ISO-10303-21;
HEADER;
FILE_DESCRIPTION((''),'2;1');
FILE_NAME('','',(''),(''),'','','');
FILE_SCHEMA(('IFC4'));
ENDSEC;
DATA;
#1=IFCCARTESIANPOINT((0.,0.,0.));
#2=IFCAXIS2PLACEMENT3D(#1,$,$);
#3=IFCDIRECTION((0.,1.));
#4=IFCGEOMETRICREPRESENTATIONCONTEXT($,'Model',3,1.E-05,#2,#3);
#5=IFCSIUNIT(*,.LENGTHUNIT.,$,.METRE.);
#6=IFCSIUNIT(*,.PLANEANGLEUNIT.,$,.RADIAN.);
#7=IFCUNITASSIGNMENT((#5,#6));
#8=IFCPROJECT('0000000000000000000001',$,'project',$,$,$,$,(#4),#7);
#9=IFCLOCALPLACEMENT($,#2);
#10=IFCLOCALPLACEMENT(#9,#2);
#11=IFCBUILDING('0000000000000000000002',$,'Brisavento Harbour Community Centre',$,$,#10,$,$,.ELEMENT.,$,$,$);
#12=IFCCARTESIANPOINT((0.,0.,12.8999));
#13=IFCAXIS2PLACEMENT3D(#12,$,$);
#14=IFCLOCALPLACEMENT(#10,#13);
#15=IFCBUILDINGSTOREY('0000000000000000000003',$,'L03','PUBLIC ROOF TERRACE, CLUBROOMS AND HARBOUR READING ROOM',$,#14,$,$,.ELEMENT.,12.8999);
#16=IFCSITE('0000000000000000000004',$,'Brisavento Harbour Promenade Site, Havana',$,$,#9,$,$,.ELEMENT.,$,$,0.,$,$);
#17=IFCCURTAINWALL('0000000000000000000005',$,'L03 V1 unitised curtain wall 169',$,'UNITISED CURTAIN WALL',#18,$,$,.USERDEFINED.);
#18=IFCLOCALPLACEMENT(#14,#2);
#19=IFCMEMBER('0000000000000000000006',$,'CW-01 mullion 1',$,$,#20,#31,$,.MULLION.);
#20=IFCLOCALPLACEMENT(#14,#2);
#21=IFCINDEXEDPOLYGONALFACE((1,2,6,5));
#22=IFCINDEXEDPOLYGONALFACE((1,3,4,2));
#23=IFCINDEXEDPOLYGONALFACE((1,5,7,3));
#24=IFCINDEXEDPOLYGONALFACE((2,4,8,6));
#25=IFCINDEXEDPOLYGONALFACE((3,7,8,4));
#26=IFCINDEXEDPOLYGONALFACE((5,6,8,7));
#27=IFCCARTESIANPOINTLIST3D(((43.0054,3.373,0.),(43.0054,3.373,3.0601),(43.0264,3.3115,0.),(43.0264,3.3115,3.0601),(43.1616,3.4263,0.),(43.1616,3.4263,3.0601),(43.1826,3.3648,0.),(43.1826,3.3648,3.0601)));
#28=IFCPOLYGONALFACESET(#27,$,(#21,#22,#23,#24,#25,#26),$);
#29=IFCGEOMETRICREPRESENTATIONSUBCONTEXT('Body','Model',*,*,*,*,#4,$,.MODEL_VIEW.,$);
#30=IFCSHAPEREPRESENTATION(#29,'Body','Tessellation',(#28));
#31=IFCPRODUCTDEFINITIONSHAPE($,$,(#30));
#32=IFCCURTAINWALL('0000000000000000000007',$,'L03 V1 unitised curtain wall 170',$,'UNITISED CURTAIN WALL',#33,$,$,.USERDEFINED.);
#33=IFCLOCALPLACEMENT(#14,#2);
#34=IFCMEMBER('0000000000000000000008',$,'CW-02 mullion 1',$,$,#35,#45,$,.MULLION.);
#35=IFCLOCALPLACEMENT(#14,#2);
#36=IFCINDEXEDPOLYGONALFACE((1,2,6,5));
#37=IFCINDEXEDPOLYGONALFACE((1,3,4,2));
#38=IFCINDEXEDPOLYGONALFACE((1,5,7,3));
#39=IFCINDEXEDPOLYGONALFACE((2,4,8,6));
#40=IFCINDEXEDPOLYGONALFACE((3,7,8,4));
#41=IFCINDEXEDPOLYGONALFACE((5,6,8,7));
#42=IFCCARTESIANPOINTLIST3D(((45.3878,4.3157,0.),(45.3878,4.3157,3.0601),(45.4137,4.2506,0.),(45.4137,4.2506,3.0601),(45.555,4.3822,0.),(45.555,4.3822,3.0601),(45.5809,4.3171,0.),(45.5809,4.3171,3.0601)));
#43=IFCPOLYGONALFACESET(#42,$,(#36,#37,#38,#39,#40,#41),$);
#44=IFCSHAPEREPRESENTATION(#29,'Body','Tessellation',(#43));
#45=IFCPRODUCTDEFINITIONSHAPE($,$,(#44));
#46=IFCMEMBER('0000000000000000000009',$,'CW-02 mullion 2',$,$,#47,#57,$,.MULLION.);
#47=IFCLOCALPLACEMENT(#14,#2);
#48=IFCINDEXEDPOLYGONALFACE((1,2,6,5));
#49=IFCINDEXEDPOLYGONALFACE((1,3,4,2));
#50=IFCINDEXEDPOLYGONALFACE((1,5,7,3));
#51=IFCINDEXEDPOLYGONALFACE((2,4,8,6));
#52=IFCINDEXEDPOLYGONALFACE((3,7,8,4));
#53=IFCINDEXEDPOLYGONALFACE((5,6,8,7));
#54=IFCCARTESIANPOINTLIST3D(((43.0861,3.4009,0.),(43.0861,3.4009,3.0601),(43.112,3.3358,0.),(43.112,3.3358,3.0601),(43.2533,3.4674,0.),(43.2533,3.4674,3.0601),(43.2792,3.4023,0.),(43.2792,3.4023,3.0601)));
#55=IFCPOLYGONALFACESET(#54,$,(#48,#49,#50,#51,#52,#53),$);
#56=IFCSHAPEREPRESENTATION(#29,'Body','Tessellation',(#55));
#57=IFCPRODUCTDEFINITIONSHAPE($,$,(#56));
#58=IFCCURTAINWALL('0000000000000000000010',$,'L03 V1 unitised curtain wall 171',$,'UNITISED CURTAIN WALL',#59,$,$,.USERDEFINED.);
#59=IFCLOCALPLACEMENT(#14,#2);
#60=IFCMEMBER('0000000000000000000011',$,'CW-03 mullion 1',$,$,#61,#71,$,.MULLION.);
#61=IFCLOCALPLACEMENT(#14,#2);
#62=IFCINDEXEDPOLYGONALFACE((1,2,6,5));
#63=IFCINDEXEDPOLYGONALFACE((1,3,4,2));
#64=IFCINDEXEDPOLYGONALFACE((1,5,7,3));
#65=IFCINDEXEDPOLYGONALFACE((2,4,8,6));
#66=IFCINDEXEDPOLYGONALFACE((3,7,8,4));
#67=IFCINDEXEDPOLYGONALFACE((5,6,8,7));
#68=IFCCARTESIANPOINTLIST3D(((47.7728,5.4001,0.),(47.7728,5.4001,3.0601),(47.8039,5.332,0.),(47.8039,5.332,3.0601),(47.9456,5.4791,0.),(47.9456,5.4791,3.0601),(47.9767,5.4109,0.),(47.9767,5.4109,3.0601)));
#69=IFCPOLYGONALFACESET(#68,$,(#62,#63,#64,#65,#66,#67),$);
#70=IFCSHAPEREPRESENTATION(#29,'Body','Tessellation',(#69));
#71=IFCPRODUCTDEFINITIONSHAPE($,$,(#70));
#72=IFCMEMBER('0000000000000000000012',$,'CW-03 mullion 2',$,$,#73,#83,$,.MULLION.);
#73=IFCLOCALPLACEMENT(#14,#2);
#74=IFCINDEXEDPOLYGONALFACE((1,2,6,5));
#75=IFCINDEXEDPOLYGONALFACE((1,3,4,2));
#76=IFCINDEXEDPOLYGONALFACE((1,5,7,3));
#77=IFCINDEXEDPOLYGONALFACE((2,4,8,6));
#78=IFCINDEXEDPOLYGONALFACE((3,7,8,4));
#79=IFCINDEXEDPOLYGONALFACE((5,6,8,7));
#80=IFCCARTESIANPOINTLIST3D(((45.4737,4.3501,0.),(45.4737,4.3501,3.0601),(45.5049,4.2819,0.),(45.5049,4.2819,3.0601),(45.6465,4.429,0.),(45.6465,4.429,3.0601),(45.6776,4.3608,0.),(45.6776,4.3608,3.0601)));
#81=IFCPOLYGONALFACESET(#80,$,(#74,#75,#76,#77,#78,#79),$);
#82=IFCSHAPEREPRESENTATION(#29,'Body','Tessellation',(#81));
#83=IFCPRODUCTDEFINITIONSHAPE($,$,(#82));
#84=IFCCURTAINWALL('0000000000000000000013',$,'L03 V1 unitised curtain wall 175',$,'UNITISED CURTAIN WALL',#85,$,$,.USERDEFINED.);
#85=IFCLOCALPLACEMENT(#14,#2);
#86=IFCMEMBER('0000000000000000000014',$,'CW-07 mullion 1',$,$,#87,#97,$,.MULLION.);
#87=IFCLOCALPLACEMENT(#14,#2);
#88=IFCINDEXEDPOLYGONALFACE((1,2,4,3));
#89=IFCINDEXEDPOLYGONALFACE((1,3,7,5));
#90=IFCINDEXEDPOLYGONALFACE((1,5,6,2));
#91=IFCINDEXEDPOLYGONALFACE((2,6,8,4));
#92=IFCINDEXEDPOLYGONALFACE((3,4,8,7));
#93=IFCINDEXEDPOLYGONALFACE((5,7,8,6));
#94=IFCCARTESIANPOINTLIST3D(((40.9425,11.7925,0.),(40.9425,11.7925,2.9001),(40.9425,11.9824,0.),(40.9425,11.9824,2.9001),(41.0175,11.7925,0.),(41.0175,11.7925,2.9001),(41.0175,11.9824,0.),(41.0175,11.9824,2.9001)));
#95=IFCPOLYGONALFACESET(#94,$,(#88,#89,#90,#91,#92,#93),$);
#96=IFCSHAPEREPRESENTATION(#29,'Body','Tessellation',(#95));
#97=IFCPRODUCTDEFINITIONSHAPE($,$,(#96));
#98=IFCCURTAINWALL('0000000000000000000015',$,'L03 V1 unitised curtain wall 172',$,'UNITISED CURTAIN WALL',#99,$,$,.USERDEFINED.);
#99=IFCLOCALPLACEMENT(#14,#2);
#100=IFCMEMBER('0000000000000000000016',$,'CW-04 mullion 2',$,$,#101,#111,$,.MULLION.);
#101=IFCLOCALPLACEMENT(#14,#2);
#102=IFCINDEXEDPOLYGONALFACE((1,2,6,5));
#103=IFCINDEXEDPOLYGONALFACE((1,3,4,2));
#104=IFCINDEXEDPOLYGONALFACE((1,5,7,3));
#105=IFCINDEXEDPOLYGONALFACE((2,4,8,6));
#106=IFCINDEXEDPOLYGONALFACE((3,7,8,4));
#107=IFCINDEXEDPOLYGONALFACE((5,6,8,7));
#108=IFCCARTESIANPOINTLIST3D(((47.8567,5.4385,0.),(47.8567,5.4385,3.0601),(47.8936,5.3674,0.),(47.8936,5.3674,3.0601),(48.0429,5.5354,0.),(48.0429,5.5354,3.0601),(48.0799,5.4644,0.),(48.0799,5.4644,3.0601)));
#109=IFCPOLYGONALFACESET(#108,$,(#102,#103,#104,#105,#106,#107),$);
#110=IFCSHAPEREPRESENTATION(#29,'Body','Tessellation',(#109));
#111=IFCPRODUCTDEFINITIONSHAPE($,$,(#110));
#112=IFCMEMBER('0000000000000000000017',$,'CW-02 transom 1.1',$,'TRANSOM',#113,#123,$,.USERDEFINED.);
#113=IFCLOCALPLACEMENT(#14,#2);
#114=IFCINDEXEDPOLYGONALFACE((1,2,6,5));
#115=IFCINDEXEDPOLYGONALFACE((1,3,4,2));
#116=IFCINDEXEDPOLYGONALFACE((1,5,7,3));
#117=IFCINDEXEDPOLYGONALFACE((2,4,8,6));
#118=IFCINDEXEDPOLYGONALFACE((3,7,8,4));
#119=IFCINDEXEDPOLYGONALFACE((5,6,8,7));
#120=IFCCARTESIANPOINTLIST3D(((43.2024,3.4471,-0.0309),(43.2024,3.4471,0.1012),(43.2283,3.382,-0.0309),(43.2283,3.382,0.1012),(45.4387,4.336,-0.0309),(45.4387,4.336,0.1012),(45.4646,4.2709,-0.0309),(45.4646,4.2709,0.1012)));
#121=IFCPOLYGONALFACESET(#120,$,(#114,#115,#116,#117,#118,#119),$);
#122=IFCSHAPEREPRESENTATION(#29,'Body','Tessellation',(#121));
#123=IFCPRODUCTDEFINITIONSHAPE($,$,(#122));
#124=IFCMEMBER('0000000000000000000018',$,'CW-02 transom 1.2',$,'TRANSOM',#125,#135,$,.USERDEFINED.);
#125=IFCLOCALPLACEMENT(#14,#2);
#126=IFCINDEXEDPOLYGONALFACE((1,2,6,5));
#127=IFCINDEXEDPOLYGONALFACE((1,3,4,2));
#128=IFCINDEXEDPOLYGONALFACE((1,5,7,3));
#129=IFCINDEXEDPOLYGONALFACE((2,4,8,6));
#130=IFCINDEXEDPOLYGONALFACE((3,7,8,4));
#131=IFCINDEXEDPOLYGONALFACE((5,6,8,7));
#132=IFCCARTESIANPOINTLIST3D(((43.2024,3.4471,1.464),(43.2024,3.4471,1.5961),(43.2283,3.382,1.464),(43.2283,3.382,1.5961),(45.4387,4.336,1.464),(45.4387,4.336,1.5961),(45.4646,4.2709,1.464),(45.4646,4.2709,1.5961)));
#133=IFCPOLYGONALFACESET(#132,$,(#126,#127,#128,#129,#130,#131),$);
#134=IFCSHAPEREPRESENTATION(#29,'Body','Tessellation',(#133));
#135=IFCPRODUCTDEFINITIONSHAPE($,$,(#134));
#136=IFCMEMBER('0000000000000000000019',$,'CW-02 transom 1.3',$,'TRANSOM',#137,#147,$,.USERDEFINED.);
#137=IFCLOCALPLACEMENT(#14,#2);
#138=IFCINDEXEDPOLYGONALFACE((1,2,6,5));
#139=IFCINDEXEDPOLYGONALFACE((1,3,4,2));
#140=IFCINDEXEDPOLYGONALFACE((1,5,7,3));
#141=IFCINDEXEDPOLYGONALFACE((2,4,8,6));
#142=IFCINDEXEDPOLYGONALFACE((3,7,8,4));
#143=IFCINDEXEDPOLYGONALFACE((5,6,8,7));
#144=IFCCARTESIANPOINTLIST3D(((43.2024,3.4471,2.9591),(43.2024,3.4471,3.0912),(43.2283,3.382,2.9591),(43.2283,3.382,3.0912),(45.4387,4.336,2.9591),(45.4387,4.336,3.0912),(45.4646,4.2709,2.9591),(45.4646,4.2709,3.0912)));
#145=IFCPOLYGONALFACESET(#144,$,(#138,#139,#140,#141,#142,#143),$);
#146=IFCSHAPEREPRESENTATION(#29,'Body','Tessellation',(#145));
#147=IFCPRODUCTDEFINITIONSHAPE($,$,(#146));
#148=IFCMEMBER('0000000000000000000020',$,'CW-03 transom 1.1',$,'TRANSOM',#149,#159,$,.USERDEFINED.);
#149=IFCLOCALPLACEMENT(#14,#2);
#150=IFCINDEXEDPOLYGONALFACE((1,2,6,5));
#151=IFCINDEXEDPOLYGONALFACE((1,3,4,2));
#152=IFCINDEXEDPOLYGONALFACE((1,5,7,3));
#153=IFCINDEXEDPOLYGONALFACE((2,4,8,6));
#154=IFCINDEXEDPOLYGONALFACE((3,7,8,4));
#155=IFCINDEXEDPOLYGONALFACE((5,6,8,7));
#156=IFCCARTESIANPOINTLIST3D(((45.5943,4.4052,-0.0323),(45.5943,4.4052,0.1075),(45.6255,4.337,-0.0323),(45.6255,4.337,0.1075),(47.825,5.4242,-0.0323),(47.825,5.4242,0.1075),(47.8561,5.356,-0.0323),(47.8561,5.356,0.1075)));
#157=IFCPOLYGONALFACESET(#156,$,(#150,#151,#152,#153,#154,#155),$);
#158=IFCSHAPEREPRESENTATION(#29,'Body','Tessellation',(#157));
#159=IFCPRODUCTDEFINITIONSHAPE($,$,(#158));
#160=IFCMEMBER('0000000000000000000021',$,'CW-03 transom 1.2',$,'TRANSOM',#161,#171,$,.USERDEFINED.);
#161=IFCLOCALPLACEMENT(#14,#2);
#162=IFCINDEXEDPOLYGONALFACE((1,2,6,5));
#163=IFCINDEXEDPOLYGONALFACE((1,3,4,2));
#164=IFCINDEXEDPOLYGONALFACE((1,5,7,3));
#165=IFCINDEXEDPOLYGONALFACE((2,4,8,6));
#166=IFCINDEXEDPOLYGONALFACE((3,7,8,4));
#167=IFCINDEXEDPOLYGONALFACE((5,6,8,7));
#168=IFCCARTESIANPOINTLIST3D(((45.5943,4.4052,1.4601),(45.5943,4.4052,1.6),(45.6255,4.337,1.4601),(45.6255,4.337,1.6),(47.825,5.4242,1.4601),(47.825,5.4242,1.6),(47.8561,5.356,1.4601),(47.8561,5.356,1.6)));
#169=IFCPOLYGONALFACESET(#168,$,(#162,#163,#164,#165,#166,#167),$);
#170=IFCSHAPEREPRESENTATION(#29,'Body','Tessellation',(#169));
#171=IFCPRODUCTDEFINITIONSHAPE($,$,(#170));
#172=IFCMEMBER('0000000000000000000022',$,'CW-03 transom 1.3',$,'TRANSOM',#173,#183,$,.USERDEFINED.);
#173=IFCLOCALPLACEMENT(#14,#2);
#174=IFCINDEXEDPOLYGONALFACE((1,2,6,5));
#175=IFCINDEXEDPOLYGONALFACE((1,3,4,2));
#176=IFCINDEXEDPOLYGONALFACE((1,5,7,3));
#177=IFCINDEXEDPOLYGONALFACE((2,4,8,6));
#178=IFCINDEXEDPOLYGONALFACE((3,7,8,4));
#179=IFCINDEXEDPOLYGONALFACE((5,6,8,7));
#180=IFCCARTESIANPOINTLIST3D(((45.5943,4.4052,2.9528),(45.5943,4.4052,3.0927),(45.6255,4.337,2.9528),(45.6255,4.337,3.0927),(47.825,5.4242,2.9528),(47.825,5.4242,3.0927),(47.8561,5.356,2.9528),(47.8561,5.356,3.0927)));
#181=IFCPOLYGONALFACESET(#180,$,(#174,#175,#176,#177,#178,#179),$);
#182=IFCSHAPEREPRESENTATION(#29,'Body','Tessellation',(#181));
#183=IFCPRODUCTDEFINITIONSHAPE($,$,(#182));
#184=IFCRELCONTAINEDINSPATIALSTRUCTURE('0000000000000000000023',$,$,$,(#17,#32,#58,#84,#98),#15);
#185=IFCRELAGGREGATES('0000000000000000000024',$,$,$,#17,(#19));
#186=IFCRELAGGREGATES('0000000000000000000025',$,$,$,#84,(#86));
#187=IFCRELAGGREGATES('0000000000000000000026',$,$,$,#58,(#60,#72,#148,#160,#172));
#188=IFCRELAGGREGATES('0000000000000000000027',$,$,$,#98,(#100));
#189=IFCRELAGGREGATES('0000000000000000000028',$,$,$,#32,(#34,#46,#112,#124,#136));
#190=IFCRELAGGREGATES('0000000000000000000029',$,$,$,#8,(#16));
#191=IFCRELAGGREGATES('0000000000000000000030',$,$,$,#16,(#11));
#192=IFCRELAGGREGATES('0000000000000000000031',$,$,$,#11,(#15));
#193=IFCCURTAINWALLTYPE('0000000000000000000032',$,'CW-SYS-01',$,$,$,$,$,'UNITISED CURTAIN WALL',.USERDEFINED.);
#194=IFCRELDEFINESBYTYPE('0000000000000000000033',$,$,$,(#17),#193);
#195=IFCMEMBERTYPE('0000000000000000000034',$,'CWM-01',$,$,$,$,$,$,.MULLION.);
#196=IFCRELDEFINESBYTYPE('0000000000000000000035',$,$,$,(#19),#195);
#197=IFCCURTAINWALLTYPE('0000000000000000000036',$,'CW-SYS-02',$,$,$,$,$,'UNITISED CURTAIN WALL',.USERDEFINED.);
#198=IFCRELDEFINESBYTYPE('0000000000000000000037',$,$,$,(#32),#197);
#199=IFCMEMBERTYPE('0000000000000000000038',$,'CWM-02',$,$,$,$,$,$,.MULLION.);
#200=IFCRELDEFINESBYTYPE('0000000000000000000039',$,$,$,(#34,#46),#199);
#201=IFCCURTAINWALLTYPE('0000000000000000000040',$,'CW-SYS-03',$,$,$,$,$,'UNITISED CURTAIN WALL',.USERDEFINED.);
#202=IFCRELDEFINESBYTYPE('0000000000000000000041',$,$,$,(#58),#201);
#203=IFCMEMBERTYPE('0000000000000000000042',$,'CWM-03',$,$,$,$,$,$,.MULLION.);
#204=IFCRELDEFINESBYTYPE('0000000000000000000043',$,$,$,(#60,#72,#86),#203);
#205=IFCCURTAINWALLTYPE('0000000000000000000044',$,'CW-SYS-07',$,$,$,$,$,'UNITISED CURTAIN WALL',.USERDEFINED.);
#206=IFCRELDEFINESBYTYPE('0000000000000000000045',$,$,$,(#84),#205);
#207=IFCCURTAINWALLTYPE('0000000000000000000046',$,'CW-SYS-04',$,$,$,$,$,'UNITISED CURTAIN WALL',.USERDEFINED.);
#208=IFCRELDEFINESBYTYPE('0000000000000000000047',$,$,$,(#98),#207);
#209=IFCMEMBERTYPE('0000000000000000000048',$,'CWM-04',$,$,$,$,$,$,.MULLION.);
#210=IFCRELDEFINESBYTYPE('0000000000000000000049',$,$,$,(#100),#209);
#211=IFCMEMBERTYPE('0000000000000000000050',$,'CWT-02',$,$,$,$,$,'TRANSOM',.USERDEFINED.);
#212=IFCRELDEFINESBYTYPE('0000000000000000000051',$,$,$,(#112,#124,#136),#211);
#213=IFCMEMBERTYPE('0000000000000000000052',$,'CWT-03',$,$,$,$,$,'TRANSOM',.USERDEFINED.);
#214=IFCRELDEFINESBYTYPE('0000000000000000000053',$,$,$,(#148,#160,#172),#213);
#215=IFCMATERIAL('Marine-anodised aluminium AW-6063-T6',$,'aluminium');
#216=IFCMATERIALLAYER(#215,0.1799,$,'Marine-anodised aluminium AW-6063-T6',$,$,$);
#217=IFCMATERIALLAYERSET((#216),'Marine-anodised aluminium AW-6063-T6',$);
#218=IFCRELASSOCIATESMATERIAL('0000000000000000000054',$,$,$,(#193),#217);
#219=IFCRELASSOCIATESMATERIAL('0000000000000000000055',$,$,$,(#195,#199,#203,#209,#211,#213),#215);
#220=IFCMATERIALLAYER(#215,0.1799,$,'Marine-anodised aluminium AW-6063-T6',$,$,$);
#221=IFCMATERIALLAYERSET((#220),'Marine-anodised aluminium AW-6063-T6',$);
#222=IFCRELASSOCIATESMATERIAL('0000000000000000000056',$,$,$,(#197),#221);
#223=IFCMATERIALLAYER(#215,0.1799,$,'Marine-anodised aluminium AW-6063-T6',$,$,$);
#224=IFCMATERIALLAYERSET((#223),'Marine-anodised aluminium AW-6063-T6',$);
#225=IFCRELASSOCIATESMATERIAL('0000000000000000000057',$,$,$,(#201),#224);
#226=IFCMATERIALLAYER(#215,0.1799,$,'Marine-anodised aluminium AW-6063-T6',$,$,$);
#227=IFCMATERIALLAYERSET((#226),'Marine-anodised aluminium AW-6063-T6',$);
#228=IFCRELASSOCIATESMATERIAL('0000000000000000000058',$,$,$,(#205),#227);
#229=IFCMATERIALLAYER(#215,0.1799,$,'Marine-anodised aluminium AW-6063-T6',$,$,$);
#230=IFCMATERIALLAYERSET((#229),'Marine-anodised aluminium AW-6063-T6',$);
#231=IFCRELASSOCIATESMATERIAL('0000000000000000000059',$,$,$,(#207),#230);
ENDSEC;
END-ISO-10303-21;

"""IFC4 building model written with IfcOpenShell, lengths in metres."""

from ifc_helpers import new_model, si_unit, direction, frame, origin, origin_2d, place, context, subcontext, project, spatial, rectangle, extrude, material, layer, layer_set, material_profile, profile_set, type_object, element, aggregate, save


model = new_model("IFC4")

# Units and contexts
model_context = context("Model", 3, precision=1e-05, world=origin(), true_north=direction((0.0, 1.0)))
body_context = subcontext(model_context, "Body", "Model", "MODEL_VIEW")
ifc_project = project(units=[si_unit("LENGTHUNIT", "METRE"), si_unit("PLANEANGLEUNIT", "RADIAN")], contexts=[model_context])

# Site, building, storey
site_placement = place(None, origin())
site = spatial("IfcSite", under=ifc_project, at=site_placement, Name="Brisavento Harbour Promenade Site, Havana", CompositionType="ELEMENT", RefElevation=0.0)
building_placement = place(site_placement, origin())
building = spatial("IfcBuilding", under=site, at=building_placement, Name="Brisavento Harbour Community Centre", CompositionType="ELEMENT")
storey_placement = place(building_placement, frame((0.0, 0.0, 12.8999)))
storey = spatial("IfcBuildingStorey", under=building, at=storey_placement, Name="L03", Description="PUBLIC ROOF TERRACE, CLUBROOMS AND HARBOUR READING ROOM", CompositionType="ELEMENT", Elevation=12.8999)

# Curtain wall, member
ifc_material_1 = material(Name="Marine-anodised aluminium AW-6063-T6", Category="aluminium")
ifc_layer_1 = layer(ifc_material_1, 0.1799, Name="Marine-anodised aluminium AW-6063-T6")
ifc_layer_set_1 = layer_set([ifc_layer_1], Name="Marine-anodised aluminium AW-6063-T6")
curtain_wall_type_1 = type_object("IfcCurtainWallType", Name="CW-SYS-01", ElementType="UNITISED CURTAIN WALL", PredefinedType="USERDEFINED", material=ifc_layer_set_1)
curtain_wall_1_placement = place(storey_placement, origin())
curtain_wall_1 = element("IfcCurtainWall", 1, at=curtain_wall_1_placement, inside=storey, type_object=curtain_wall_type_1, Name="L03 V1 unitised curtain wall 169", ObjectType="UNITISED CURTAIN WALL", PredefinedType="USERDEFINED")
ifc_material_profile_1 = material_profile(ifc_material_1, rectangle(XDim=0.0649, YDim=0.165, at=origin_2d()), Name="Marine-anodised aluminium AW-6063-T6")
ifc_profile_set_1 = profile_set([ifc_material_profile_1], Name="Marine-anodised aluminium AW-6063-T6")
member_type_1 = type_object("IfcMemberType", Name="CWM-01", PredefinedType="MULLION", material=ifc_profile_set_1)
member_1_placement = place(storey_placement, frame((43.094, 3.3689, 0.0), z_axis=(0.0, 0.0, 1.0), x_axis=(0.323178, -0.946338, 0.0)))
member_1 = element("IfcMember", 2, at=member_1_placement, type_object=member_type_1, Name="CW-01 mullion 1", PredefinedType="MULLION", context=body_context, shape_type="SweptSolid", body=[
    extrude(rectangle(XDim=0.0649, YDim=0.165, at=origin_2d()), origin(), (0.0, 0.0, 1.0), 3.0601),
])
aggregate(curtain_wall_1, [member_1])

# Curtain walls, members
ifc_layer_2 = layer(ifc_material_1, 0.1799, Name="Marine-anodised aluminium AW-6063-T6")
ifc_layer_set_2 = layer_set([ifc_layer_2], Name="Marine-anodised aluminium AW-6063-T6")
curtain_wall_type_2 = type_object("IfcCurtainWallType", Name="CW-SYS-02", ElementType="UNITISED CURTAIN WALL", PredefinedType="USERDEFINED", material=ifc_layer_set_2)
curtain_wall_2_placement = place(storey_placement, origin())
curtain_wall_2 = element("IfcCurtainWall", 3, at=curtain_wall_2_placement, inside=storey, type_object=curtain_wall_type_2, Name="L03 V1 unitised curtain wall 170", ObjectType="UNITISED CURTAIN WALL", PredefinedType="USERDEFINED")
ifc_material_profile_2 = material_profile(ifc_material_1, rectangle(XDim=0.0701, YDim=0.1799, at=origin_2d()), Name="Marine-anodised aluminium AW-6063-T6")
ifc_profile_set_2 = profile_set([ifc_material_profile_2], Name="Marine-anodised aluminium AW-6063-T6")
member_type_2 = type_object("IfcMemberType", Name="CWM-02", PredefinedType="MULLION", material=ifc_profile_set_2)
member_2_placement = place(storey_placement, frame((45.4844, 4.3164, 0.0), z_axis=(0.0, 0.0, 1.0), x_axis=(0.369379, -0.929279, 0.0)))
member_2 = element("IfcMember", 4, at=member_2_placement, type_object=member_type_2, Name="CW-02 mullion 1", PredefinedType="MULLION", context=body_context, shape_type="SweptSolid", body=[
    extrude(rectangle(XDim=0.0701, YDim=0.1799, at=origin_2d()), origin(), (0.0, 0.0, 1.0), 3.0601),
])
member_3_placement = place(storey_placement, frame((43.1826, 3.4016, 0.0), z_axis=(0.0, 0.0, 1.0), x_axis=(0.369379, -0.929279, 0.0)))
member_3 = element("IfcMember", 5, at=member_3_placement, type_object=member_type_2, Name="CW-02 mullion 2", PredefinedType="MULLION", context=body_context, shape_type="SweptSolid", body=[
    extrude(rectangle(XDim=0.0701, YDim=0.1799, at=origin_2d()), origin(), (0.0, 0.0, 1.0), 3.0601),
])
ifc_layer_3 = layer(ifc_material_1, 0.1799, Name="Marine-anodised aluminium AW-6063-T6")
ifc_layer_set_3 = layer_set([ifc_layer_3], Name="Marine-anodised aluminium AW-6063-T6")
curtain_wall_type_3 = type_object("IfcCurtainWallType", Name="CW-SYS-03", ElementType="UNITISED CURTAIN WALL", PredefinedType="USERDEFINED", material=ifc_layer_set_3)
curtain_wall_3_placement = place(storey_placement, origin())
curtain_wall_3 = element("IfcCurtainWall", 6, at=curtain_wall_3_placement, inside=storey, type_object=curtain_wall_type_3, Name="L03 V1 unitised curtain wall 171", ObjectType="UNITISED CURTAIN WALL", PredefinedType="USERDEFINED")
ifc_material_profile_3 = material_profile(ifc_material_1, rectangle(XDim=0.075, YDim=0.1899, at=origin_2d()), Name="Marine-anodised aluminium AW-6063-T6")
ifc_profile_set_3 = profile_set([ifc_material_profile_3], Name="Marine-anodised aluminium AW-6063-T6")
member_type_3 = type_object("IfcMemberType", Name="CWM-03", PredefinedType="MULLION", material=ifc_profile_set_3)
member_4_placement = place(storey_placement, frame((47.8748, 5.4055, 0.0), z_axis=(0.0, 0.0, 1.0), x_axis=(0.41549, -0.909598, 0.0)))
member_4 = element("IfcMember", 7, at=member_4_placement, type_object=member_type_3, Name="CW-03 mullion 1", PredefinedType="MULLION", context=body_context, shape_type="SweptSolid", body=[
    extrude(rectangle(XDim=0.075, YDim=0.1899, at=origin_2d()), origin(), (0.0, 0.0, 1.0), 3.0601),
])
member_5_placement = place(storey_placement, frame((45.5757, 4.3555, 0.0), z_axis=(0.0, 0.0, 1.0), x_axis=(0.41549, -0.909598, 0.0)))
member_5 = element("IfcMember", 8, at=member_5_placement, type_object=member_type_3, Name="CW-03 mullion 2", PredefinedType="MULLION", context=body_context, shape_type="SweptSolid", body=[
    extrude(rectangle(XDim=0.075, YDim=0.1899, at=origin_2d()), origin(), (0.0, 0.0, 1.0), 3.0601),
])

# Curtain walls, members
ifc_layer_4 = layer(ifc_material_1, 0.1799, Name="Marine-anodised aluminium AW-6063-T6")
ifc_layer_set_4 = layer_set([ifc_layer_4], Name="Marine-anodised aluminium AW-6063-T6")
curtain_wall_type_4 = type_object("IfcCurtainWallType", Name="CW-SYS-07", ElementType="UNITISED CURTAIN WALL", PredefinedType="USERDEFINED", material=ifc_layer_set_4)
curtain_wall_4_placement = place(storey_placement, origin())
curtain_wall_4 = element("IfcCurtainWall", 9, at=curtain_wall_4_placement, inside=storey, type_object=curtain_wall_type_4, Name="L03 V1 unitised curtain wall 175", ObjectType="UNITISED CURTAIN WALL", PredefinedType="USERDEFINED")
member_6_placement = place(storey_placement, frame((40.98, 11.8875, 0.0), z_axis=(0.0, 0.0, 1.0), x_axis=(-1.0, 0.0, 0.0)))
member_6 = element("IfcMember", 10, at=member_6_placement, type_object=member_type_3, Name="CW-07 mullion 1", PredefinedType="MULLION", context=body_context, shape_type="SweptSolid", body=[
    extrude(rectangle(XDim=0.075, YDim=0.1899, at=origin_2d()), origin(), (0.0, 0.0, 1.0), 2.9001),
])
ifc_layer_5 = layer(ifc_material_1, 0.1799, Name="Marine-anodised aluminium AW-6063-T6")
ifc_layer_set_5 = layer_set([ifc_layer_5], Name="Marine-anodised aluminium AW-6063-T6")
curtain_wall_type_5 = type_object("IfcCurtainWallType", Name="CW-SYS-04", ElementType="UNITISED CURTAIN WALL", PredefinedType="USERDEFINED", material=ifc_layer_set_5)
curtain_wall_5_placement = place(storey_placement, origin())
curtain_wall_5 = element("IfcCurtainWall", 11, at=curtain_wall_5_placement, inside=storey, type_object=curtain_wall_type_5, Name="L03 V1 unitised curtain wall 172", ObjectType="UNITISED CURTAIN WALL", PredefinedType="USERDEFINED")
ifc_material_profile_4 = material_profile(ifc_material_1, rectangle(XDim=0.0801, YDim=0.21, at=origin_2d()), Name="Marine-anodised aluminium AW-6063-T6")
ifc_profile_set_4 = profile_set([ifc_material_profile_4], Name="Marine-anodised aluminium AW-6063-T6")
member_type_4 = type_object("IfcMemberType", Name="CWM-04", PredefinedType="MULLION", material=ifc_profile_set_4)
member_7_placement = place(storey_placement, frame((47.9683, 5.4514, 0.0), z_axis=(0.0, 0.0, 1.0), x_axis=(0.461732, -0.88702, 0.0)))
member_7 = element("IfcMember", 12, at=member_7_placement, type_object=member_type_4, Name="CW-04 mullion 2", PredefinedType="MULLION", context=body_context, shape_type="SweptSolid", body=[
    extrude(rectangle(XDim=0.0801, YDim=0.21, at=origin_2d()), origin(), (0.0, 0.0, 1.0), 3.0601),
])

# Members
ifc_material_profile_5 = material_profile(ifc_material_1, rectangle(XDim=0.0701, YDim=0.1321, at=origin_2d()), Name="Marine-anodised aluminium AW-6063-T6")
ifc_profile_set_5 = profile_set([ifc_material_profile_5], Name="Marine-anodised aluminium AW-6063-T6")
member_type_5 = type_object("IfcMemberType", Name="CWT-02", ElementType="TRANSOM", PredefinedType="USERDEFINED", material=ifc_profile_set_5)
member_8_placement = place(storey_placement, frame((45.4517, 4.3035, 0.0352), z_axis=(-0.929279, -0.369378, 0.0), x_axis=(0.369378, -0.929279, 0.0)))
member_8 = element("IfcMember", 13, at=member_8_placement, type_object=member_type_5, Name="CW-02 transom 1.1", ObjectType="TRANSOM", PredefinedType="USERDEFINED", context=body_context, shape_type="SweptSolid", body=[
    extrude(rectangle(XDim=0.0701, YDim=0.1321, at=origin_2d()), origin(), (0.0, 0.0, 1.0), 2.4065),
])
member_9_placement = place(storey_placement, frame((45.4517, 4.3035, 1.53), z_axis=(-0.929279, -0.369378, 0.0), x_axis=(0.369378, -0.929279, 0.0)))
member_9 = element("IfcMember", 14, at=member_9_placement, type_object=member_type_5, Name="CW-02 transom 1.2", ObjectType="TRANSOM", PredefinedType="USERDEFINED", context=body_context, shape_type="SweptSolid", body=[
    extrude(rectangle(XDim=0.0701, YDim=0.1321, at=origin_2d()), origin(), (0.0, 0.0, 1.0), 2.4065),
])
member_10_placement = place(storey_placement, frame((45.4517, 4.3035, 3.0251), z_axis=(-0.929279, -0.369378, 0.0), x_axis=(0.369378, -0.929279, 0.0)))
member_10 = element("IfcMember", 15, at=member_10_placement, type_object=member_type_5, Name="CW-02 transom 1.3", ObjectType="TRANSOM", PredefinedType="USERDEFINED", context=body_context, shape_type="SweptSolid", body=[
    extrude(rectangle(XDim=0.0701, YDim=0.1321, at=origin_2d()), origin(), (0.0, 0.0, 1.0), 2.4065),
])
ifc_material_profile_6 = material_profile(ifc_material_1, rectangle(XDim=0.075, YDim=0.1399, at=origin_2d()), Name="Marine-anodised aluminium AW-6063-T6")
ifc_profile_set_6 = profile_set([ifc_material_profile_6], Name="Marine-anodised aluminium AW-6063-T6")
member_type_6 = type_object("IfcMemberType", Name="CWT-03", ElementType="TRANSOM", PredefinedType="USERDEFINED", material=ifc_profile_set_6)
member_11_placement = place(storey_placement, frame((47.8406, 5.3901, 0.0376), z_axis=(-0.909584, -0.41552, 0.0), x_axis=(0.41552, -0.909584, 0.0)))
member_11 = element("IfcMember", 16, at=member_11_placement, type_object=member_type_6, Name="CW-03 transom 1.1", ObjectType="TRANSOM", PredefinedType="USERDEFINED", context=body_context, shape_type="SweptSolid", body=[
    extrude(rectangle(XDim=0.075, YDim=0.1399, at=origin_2d()), origin(), (0.0, 0.0, 1.0), 2.4524),
])
member_12_placement = place(storey_placement, frame((47.8406, 5.3901, 1.53), z_axis=(-0.909584, -0.41552, 0.0), x_axis=(0.41552, -0.909584, 0.0)))
member_12 = element("IfcMember", 17, at=member_12_placement, type_object=member_type_6, Name="CW-03 transom 1.2", ObjectType="TRANSOM", PredefinedType="USERDEFINED", context=body_context, shape_type="SweptSolid", body=[
    extrude(rectangle(XDim=0.075, YDim=0.1399, at=origin_2d()), origin(), (0.0, 0.0, 1.0), 2.4524),
])
member_13_placement = place(storey_placement, frame((47.8406, 5.3901, 3.0227), z_axis=(-0.909584, -0.41552, 0.0), x_axis=(0.41552, -0.909584, 0.0)))
member_13 = element("IfcMember", 18, at=member_13_placement, type_object=member_type_6, Name="CW-03 transom 1.3", ObjectType="TRANSOM", PredefinedType="USERDEFINED", context=body_context, shape_type="SweptSolid", body=[
    extrude(rectangle(XDim=0.075, YDim=0.1399, at=origin_2d()), origin(), (0.0, 0.0, 1.0), 2.4524),
])
aggregate(curtain_wall_4, [member_6])

aggregate(curtain_wall_3, [member_4, member_5, member_11, member_12, member_13])
aggregate(curtain_wall_5, [member_7])
aggregate(curtain_wall_2, [member_2, member_3, member_8, member_9, member_10])

save(model, "model.ifc")
